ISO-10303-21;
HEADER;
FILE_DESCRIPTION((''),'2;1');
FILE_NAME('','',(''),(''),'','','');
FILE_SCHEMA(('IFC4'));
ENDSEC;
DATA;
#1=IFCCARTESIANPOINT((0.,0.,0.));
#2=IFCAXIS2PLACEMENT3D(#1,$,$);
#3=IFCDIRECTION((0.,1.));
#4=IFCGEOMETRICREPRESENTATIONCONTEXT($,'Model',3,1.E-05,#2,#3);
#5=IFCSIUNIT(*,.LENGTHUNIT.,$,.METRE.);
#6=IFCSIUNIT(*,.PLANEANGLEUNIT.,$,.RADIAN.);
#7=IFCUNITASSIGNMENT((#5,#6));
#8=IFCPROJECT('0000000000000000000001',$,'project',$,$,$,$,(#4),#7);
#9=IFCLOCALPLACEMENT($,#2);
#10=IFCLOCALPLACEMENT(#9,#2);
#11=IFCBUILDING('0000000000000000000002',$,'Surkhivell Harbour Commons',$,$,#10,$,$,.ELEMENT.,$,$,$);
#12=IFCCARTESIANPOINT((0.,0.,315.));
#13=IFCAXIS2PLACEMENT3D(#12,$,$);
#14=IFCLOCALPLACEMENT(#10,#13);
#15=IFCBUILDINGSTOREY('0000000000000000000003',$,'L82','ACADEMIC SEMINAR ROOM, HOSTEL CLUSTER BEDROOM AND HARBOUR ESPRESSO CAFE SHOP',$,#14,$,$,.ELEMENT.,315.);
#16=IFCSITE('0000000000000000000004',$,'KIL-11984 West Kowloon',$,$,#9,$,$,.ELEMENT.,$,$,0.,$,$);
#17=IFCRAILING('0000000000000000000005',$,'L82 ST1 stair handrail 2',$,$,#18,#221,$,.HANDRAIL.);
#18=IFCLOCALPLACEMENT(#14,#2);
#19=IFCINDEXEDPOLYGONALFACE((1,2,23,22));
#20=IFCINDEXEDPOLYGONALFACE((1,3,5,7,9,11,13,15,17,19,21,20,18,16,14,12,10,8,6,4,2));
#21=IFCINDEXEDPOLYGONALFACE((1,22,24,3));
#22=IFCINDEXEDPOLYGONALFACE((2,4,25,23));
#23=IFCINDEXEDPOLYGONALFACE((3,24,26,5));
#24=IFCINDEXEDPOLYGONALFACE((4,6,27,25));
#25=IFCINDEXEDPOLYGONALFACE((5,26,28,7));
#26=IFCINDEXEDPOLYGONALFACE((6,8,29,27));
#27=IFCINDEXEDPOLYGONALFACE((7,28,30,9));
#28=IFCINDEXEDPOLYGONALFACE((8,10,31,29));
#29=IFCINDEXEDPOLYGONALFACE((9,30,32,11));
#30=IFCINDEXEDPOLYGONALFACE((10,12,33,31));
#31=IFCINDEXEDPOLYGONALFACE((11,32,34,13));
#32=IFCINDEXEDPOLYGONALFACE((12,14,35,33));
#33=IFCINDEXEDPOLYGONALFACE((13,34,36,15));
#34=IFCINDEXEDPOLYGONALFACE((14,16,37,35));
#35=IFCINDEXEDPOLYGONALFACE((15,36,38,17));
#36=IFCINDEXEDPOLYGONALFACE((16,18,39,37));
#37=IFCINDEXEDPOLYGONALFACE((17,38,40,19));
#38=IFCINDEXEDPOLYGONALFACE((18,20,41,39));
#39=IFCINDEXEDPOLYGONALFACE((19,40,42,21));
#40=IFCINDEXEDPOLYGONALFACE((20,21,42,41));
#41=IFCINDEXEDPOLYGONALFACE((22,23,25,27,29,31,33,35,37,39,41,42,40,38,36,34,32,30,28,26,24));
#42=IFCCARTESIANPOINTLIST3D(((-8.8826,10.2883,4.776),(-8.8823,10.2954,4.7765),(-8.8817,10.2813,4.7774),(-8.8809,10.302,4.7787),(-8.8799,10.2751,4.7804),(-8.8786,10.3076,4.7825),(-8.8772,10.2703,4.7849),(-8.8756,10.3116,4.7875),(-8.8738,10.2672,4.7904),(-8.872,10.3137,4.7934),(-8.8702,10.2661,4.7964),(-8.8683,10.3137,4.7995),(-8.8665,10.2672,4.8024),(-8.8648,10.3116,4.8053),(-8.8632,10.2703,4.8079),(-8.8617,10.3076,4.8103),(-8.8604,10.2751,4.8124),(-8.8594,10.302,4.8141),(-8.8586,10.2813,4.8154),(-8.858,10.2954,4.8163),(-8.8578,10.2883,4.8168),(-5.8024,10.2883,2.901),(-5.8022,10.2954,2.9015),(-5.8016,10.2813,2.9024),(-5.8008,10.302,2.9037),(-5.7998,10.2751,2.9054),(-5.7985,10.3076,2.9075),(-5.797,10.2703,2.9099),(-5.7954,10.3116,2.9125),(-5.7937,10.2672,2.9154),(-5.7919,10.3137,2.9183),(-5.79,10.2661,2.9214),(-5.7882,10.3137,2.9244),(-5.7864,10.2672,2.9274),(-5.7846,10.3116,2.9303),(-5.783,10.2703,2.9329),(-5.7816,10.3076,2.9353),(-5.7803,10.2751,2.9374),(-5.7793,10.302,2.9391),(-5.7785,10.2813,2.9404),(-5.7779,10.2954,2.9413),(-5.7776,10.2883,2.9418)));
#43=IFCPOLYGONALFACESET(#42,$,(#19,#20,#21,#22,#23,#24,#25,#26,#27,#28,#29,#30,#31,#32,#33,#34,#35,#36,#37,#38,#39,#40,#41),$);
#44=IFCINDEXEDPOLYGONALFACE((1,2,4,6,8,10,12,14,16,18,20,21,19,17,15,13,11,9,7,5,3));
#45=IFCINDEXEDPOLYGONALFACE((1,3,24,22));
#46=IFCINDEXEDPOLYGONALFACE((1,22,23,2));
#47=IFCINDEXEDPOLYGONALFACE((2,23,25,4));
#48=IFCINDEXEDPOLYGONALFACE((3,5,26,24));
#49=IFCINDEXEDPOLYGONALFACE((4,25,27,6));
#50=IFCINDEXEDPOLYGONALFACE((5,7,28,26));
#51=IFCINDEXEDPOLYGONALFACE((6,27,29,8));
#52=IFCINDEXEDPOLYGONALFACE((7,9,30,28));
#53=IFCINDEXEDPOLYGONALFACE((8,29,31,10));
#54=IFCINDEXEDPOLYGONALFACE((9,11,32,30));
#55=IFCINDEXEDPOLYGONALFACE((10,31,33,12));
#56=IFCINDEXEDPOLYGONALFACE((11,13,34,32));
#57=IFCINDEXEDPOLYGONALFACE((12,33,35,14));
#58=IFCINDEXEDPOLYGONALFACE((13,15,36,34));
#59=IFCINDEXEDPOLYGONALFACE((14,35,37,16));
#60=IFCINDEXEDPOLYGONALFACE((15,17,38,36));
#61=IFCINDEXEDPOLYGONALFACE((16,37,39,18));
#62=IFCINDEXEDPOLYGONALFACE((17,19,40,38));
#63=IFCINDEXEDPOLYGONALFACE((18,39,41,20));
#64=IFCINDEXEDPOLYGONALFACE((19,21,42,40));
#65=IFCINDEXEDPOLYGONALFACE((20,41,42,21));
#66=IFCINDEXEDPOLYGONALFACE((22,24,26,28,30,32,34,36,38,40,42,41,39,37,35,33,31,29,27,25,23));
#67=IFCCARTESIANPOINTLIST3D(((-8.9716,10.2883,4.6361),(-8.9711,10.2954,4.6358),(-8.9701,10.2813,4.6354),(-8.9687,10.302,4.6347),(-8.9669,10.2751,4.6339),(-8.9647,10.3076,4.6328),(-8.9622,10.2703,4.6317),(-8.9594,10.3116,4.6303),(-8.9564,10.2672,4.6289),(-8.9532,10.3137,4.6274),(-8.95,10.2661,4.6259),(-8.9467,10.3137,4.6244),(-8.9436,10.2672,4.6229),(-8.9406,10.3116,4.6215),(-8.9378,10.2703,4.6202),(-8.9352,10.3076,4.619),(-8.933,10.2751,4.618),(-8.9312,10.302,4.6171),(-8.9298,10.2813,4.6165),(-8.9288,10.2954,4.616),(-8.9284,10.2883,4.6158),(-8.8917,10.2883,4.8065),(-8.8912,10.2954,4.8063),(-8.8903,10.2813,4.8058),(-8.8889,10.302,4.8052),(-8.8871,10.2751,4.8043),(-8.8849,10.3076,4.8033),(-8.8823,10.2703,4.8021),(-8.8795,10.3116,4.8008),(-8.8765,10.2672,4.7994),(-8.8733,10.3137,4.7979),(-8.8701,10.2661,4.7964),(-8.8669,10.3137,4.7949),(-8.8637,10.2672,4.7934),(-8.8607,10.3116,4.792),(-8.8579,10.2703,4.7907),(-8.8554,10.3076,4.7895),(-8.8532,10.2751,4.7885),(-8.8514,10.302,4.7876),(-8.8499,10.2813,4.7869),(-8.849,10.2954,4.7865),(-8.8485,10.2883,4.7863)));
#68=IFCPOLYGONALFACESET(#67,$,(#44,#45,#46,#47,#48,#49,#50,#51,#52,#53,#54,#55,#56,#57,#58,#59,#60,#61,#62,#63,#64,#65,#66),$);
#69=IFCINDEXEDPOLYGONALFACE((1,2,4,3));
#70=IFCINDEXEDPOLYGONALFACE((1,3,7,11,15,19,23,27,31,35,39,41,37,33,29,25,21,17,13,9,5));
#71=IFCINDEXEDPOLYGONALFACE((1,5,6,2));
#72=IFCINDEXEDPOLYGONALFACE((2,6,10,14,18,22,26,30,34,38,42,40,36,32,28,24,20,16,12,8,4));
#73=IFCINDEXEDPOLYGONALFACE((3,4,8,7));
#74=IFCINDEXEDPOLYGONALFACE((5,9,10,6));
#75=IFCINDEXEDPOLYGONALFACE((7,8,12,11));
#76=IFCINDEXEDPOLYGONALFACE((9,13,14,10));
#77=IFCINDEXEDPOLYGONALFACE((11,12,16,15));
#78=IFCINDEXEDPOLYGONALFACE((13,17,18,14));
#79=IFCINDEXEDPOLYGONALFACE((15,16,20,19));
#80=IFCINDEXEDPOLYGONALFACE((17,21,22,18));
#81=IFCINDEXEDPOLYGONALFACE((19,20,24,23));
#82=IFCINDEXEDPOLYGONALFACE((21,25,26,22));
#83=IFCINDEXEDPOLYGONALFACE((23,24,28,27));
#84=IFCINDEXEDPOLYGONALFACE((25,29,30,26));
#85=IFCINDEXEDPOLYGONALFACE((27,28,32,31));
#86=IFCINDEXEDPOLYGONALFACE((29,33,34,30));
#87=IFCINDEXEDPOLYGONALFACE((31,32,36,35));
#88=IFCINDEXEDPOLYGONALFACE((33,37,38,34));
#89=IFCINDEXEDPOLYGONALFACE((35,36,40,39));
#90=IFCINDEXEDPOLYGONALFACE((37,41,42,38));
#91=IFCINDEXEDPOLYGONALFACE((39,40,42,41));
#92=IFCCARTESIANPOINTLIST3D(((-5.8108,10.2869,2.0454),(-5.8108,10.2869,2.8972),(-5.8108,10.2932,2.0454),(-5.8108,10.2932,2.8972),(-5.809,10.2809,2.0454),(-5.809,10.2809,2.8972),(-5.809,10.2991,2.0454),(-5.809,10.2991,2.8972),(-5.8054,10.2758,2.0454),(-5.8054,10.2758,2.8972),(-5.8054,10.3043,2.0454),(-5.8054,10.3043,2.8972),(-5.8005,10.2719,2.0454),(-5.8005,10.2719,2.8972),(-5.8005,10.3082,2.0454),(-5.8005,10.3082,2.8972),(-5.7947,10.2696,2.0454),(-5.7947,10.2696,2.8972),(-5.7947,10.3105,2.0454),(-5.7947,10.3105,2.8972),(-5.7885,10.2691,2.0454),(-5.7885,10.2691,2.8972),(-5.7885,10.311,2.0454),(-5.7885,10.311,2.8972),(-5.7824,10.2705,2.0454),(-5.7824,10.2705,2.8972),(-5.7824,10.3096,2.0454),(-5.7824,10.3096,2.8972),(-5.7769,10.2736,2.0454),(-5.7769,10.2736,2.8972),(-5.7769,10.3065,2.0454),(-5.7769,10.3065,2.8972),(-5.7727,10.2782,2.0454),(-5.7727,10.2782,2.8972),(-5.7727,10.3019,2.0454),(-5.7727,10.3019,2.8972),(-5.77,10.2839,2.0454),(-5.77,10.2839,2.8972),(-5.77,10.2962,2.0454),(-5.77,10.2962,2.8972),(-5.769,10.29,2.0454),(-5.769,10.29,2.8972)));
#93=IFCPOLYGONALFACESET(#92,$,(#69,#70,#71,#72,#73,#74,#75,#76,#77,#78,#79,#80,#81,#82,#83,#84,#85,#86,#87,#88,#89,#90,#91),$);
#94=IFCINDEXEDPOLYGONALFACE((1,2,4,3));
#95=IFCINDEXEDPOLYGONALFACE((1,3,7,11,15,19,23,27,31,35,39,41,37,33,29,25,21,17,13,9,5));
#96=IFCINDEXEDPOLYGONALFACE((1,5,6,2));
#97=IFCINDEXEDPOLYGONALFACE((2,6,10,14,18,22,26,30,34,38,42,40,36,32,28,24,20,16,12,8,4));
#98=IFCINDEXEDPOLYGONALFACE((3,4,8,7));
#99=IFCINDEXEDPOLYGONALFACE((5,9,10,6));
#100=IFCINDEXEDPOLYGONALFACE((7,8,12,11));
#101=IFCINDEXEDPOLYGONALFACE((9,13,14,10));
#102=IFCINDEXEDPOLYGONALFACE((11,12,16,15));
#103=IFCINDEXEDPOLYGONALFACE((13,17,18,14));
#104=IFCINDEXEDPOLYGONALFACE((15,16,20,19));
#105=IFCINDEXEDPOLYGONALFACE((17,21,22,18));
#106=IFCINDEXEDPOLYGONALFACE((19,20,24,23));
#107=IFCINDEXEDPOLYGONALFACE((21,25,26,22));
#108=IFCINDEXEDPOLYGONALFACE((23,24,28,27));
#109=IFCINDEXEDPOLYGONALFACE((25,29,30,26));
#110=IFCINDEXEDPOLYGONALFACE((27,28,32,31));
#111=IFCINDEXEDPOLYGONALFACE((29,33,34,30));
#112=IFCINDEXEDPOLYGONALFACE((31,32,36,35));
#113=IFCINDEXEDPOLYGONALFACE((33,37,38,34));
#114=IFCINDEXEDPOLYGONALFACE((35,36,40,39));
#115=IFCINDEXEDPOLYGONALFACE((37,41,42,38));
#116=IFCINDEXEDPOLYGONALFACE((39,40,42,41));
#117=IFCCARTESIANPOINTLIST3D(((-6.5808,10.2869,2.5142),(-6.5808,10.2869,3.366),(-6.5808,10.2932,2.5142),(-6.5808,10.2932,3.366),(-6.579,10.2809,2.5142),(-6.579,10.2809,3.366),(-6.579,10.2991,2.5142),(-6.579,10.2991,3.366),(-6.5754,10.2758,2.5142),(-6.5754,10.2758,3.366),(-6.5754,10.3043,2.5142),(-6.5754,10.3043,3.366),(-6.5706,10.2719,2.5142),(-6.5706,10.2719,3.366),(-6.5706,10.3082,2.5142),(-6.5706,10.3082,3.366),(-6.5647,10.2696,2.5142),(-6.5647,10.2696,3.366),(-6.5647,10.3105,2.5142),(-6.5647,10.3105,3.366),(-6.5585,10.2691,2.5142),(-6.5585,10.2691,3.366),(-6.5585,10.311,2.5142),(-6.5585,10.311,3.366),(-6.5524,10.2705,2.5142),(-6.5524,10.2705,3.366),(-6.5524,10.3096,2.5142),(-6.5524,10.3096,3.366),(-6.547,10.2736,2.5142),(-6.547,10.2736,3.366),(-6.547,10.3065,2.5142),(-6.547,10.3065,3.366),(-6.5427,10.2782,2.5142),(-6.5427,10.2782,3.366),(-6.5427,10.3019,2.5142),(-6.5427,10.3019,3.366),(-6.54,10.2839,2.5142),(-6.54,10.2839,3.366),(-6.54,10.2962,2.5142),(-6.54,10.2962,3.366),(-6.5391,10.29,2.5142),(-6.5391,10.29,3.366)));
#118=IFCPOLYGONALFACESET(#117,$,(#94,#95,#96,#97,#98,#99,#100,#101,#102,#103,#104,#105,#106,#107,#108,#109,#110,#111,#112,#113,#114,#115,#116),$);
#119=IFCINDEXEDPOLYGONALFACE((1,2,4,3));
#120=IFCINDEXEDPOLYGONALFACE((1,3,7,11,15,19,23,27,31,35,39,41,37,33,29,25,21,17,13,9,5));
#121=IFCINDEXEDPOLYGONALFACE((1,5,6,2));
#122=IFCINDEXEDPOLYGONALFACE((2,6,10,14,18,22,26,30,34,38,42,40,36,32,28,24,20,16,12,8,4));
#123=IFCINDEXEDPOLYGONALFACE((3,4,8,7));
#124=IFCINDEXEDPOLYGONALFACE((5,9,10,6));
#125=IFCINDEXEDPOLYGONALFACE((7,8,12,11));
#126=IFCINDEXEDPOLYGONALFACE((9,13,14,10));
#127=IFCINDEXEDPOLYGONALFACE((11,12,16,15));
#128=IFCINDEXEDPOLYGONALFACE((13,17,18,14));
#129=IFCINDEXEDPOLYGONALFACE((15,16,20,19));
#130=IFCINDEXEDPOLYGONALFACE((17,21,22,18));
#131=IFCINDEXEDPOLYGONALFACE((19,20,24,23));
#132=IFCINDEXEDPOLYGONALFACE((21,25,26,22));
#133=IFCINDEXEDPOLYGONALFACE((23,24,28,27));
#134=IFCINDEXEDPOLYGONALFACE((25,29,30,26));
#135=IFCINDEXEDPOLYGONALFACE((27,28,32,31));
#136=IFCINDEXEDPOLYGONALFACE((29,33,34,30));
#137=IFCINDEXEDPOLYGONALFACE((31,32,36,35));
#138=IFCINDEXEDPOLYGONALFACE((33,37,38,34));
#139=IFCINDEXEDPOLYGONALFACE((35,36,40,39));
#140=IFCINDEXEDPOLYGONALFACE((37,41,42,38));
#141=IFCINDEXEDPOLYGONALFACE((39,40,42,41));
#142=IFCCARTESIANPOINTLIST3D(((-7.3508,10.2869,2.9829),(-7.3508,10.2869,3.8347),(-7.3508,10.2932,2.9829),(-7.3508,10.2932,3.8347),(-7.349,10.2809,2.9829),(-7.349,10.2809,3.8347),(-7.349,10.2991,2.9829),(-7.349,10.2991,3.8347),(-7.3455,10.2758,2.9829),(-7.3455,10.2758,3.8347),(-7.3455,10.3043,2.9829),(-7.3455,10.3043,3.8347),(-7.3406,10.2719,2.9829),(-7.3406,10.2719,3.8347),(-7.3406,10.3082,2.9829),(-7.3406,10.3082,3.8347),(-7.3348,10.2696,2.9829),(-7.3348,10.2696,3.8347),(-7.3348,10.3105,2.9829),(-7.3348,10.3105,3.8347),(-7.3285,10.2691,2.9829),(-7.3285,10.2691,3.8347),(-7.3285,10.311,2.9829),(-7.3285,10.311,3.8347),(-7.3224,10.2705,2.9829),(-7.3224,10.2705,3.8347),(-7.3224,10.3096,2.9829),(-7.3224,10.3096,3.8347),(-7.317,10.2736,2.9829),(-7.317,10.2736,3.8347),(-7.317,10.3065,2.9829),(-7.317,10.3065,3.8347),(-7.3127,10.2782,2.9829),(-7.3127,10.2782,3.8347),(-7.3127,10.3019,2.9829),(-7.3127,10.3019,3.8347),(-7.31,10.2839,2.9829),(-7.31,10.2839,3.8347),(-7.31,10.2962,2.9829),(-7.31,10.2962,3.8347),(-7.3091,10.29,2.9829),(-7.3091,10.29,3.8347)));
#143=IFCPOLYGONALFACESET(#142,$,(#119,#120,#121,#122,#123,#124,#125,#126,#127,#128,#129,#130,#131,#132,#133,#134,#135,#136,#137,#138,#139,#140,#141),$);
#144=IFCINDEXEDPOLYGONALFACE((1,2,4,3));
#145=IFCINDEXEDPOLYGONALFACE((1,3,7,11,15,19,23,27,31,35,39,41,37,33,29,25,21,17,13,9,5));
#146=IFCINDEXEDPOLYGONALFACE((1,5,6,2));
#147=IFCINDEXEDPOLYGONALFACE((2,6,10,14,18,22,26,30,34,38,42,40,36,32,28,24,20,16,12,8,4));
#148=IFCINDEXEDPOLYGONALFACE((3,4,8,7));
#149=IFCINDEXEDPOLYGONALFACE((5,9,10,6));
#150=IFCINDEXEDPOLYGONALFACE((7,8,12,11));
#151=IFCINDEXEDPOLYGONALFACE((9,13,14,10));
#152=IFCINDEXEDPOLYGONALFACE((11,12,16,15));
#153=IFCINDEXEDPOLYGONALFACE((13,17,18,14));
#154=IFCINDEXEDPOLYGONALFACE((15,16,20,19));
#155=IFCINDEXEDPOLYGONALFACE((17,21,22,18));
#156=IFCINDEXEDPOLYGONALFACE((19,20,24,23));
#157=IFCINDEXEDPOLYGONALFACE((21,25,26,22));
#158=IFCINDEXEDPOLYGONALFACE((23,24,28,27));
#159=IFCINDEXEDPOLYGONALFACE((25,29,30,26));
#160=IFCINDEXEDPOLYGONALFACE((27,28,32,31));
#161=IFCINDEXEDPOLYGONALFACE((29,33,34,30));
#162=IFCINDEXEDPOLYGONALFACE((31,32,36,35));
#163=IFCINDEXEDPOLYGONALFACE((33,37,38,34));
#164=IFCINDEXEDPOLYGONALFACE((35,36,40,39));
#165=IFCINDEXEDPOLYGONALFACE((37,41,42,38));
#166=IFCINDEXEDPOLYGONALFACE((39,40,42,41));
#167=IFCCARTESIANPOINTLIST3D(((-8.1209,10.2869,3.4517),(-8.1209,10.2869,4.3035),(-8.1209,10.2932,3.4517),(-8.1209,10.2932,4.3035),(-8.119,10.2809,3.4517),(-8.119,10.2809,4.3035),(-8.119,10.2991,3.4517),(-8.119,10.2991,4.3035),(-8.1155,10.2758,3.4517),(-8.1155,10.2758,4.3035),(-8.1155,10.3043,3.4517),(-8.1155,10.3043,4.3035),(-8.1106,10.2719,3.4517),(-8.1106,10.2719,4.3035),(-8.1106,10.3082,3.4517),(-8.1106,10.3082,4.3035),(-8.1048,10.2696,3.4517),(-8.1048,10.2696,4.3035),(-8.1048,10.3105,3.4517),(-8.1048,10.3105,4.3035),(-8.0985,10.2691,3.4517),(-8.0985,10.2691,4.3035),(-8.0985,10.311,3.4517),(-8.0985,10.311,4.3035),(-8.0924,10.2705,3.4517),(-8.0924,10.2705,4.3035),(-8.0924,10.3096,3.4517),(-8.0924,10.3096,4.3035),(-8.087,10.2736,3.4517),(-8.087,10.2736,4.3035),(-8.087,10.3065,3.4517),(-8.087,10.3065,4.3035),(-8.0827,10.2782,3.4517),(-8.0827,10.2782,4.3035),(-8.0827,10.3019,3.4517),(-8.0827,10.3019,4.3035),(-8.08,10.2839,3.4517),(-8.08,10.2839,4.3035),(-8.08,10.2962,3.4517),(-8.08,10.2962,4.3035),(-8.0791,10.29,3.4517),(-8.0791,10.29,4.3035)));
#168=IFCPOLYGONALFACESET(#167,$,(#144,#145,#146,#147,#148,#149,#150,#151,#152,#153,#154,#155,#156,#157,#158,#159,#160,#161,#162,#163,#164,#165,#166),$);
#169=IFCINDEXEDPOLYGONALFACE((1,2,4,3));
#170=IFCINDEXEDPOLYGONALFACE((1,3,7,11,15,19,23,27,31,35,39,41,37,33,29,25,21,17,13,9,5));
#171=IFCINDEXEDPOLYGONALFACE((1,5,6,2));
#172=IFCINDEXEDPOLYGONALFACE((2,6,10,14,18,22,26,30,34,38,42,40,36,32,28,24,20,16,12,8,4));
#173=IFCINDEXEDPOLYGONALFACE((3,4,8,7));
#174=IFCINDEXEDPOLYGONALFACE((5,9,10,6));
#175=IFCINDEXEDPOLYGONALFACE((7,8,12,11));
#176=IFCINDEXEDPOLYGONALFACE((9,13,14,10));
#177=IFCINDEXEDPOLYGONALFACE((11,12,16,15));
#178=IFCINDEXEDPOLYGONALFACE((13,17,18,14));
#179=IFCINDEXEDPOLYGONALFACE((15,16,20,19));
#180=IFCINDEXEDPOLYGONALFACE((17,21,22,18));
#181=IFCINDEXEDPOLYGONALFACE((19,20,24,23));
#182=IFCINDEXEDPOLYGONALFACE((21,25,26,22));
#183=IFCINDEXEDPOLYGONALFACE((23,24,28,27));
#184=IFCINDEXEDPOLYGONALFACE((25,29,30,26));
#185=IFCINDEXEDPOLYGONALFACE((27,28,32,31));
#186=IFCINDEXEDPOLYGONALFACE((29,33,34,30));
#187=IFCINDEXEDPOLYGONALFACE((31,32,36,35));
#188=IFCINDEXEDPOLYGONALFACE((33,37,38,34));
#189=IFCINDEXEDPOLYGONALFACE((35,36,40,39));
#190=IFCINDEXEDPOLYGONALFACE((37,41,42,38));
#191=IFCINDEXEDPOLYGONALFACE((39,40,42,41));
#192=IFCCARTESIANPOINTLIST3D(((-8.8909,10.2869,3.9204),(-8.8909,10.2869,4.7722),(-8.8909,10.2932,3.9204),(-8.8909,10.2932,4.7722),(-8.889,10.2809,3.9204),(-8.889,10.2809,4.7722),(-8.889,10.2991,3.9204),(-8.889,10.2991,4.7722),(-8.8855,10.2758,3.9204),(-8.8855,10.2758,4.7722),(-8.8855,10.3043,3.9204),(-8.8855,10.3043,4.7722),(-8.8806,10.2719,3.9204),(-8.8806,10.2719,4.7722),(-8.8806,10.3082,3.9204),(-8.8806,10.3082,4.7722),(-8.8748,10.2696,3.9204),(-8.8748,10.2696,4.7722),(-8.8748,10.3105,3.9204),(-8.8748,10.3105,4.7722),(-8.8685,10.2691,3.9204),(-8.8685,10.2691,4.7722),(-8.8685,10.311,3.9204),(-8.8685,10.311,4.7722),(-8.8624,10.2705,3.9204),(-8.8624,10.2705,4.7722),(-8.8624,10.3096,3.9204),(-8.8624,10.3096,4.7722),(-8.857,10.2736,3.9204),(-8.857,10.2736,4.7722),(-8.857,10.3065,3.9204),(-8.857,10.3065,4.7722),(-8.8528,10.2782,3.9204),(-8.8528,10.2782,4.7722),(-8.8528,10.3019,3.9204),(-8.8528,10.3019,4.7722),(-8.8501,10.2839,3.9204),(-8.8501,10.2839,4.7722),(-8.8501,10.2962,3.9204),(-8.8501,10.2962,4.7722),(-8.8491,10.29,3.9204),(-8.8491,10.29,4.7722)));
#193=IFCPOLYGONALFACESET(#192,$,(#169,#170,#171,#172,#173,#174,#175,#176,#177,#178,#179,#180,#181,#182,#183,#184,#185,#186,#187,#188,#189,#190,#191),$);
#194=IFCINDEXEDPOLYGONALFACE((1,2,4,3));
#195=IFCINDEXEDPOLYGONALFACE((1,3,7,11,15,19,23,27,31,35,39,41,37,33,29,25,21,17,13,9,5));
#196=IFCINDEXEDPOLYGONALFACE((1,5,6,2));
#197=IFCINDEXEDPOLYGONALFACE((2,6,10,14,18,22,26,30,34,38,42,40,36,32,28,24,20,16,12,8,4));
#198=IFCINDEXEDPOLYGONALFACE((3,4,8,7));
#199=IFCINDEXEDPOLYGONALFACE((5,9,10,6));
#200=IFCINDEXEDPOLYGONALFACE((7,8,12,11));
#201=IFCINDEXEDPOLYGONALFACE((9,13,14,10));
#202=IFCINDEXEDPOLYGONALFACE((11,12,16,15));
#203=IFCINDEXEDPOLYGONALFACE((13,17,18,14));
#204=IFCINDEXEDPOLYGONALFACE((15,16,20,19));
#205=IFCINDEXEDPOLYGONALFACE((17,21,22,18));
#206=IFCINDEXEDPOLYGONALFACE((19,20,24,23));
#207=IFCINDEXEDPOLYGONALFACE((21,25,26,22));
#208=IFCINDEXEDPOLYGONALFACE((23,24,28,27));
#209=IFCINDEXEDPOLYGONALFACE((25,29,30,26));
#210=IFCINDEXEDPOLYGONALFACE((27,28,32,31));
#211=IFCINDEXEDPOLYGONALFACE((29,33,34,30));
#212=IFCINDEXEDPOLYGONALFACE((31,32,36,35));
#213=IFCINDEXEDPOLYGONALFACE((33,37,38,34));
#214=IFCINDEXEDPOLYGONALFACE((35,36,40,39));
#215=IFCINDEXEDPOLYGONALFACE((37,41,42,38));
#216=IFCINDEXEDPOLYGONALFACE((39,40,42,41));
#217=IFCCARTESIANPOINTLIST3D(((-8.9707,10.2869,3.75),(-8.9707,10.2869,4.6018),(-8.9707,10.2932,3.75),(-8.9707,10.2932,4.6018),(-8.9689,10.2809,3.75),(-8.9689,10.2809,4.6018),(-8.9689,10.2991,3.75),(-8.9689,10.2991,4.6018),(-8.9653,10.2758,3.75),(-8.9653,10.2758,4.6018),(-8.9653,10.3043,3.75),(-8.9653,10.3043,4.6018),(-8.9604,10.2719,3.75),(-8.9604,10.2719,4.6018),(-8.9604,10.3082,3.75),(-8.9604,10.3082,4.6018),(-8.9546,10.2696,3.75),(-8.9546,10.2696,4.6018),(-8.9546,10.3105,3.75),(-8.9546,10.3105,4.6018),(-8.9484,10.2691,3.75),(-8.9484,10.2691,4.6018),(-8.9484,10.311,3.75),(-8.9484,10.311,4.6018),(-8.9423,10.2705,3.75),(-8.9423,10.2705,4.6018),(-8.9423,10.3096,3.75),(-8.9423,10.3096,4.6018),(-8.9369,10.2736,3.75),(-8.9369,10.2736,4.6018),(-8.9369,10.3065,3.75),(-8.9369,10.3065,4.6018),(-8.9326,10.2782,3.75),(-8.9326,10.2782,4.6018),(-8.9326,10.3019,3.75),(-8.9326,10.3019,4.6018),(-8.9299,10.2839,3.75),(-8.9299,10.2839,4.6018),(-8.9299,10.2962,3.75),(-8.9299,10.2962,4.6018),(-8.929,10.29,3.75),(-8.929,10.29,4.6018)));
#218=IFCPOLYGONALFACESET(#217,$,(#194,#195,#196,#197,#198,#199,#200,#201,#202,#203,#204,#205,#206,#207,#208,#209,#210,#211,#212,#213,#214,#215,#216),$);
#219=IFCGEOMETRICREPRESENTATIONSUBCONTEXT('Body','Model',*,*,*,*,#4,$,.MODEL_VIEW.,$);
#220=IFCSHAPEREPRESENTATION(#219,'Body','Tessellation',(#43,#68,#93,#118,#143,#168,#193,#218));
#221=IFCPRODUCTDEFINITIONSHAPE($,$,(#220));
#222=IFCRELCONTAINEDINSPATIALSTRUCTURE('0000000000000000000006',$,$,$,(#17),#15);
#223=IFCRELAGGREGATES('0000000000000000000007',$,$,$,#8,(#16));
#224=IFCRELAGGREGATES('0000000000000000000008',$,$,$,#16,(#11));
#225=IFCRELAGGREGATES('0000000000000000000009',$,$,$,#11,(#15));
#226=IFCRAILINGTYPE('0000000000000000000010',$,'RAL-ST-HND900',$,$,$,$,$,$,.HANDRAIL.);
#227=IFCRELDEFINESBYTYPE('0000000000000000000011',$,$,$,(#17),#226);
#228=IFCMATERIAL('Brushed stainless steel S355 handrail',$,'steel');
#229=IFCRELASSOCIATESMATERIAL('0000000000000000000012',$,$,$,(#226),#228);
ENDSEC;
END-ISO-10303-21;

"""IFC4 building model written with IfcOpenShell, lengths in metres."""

from ifc_helpers import new_model, si_unit, direction, frame, origin, origin_2d, place, context, subcontext, project, spatial, circle, extrude, material, type_object, element, save


model = new_model("IFC4")

# Units and contexts
model_context = context("Model", 3, precision=1e-05, world=origin(), true_north=direction((0.0, 1.0)))
body_context = subcontext(model_context, "Body", "Model", "MODEL_VIEW")
ifc_project = project(units=[si_unit("LENGTHUNIT", "METRE"), si_unit("PLANEANGLEUNIT", "RADIAN")], contexts=[model_context])

# Site, building, storey
site_placement = place(None, origin())
site = spatial("IfcSite", under=ifc_project, at=site_placement, Name="KIL-11984 West Kowloon", CompositionType="ELEMENT", RefElevation=0.0)
building_placement = place(site_placement, origin())
building = spatial("IfcBuilding", under=site, at=building_placement, Name="Surkhivell Harbour Commons", CompositionType="ELEMENT")
storey_placement = place(building_placement, frame((0.0, 0.0, 315.0)))
storey = spatial("IfcBuildingStorey", under=building, at=storey_placement, Name="L82", Description="ACADEMIC SEMINAR ROOM, HOSTEL CLUSTER BEDROOM AND HARBOUR ESPRESSO CAFE SHOP", CompositionType="ELEMENT", Elevation=315.0)

# Railing
ifc_material_1 = material(Name="Brushed stainless steel S355 handrail", Category="steel")
railing_type_1 = type_object("IfcRailingType", Name="RAL-ST-HND900", PredefinedType="HANDRAIL", material=ifc_material_1)
railing_1_placement = place(storey_placement, frame((-5.79, 10.29, 2.0454)))
element("IfcRailing", 1, at=railing_1_placement, inside=storey, type_object=railing_type_1, Name="L82 ST1 stair handrail 2", PredefinedType="HANDRAIL", context=body_context, shape_type="SweptSolid", body=[
    extrude(circle(Radius=0.0239, at=origin_2d()), frame((0.0, 0.0, 0.876), z_axis=(-0.854178, 0.0, 0.519981), x_axis=(0.0, -1.0, 0.0)), (0.0, 0.0, 1.0), 3.606),
    extrude(circle(Radius=0.0239, at=origin_2d()), frame((-3.0801, 0.0, 2.751), z_axis=(-0.424234, 0.0, -0.905552), x_axis=(0.0, -1.0, 0.0)), (0.0, 0.0, 1.0), 0.1882),
    extrude(circle(Radius=0.021, at=origin_2d()), origin(), (0.0, 0.0, 1.0), 0.8518),
    extrude(circle(Radius=0.021, at=origin_2d()), frame((-0.77, 0.0, 0.4688)), (0.0, 0.0, 1.0), 0.8518),
    extrude(circle(Radius=0.021, at=origin_2d()), frame((-1.54, 0.0, 0.9375)), (0.0, 0.0, 1.0), 0.8518),
    extrude(circle(Radius=0.021, at=origin_2d()), frame((-2.3101, 0.0, 1.4062)), (0.0, 0.0, 1.0), 0.8518),
    extrude(circle(Radius=0.021, at=origin_2d()), frame((-3.0801, 0.0, 1.875)), (0.0, 0.0, 1.0), 0.8518),
    extrude(circle(Radius=0.021, at=origin_2d()), frame((-3.1599, 0.0, 1.7046)), (0.0, 0.0, 1.0), 0.8518),
])

save(model, "model.ifc")
